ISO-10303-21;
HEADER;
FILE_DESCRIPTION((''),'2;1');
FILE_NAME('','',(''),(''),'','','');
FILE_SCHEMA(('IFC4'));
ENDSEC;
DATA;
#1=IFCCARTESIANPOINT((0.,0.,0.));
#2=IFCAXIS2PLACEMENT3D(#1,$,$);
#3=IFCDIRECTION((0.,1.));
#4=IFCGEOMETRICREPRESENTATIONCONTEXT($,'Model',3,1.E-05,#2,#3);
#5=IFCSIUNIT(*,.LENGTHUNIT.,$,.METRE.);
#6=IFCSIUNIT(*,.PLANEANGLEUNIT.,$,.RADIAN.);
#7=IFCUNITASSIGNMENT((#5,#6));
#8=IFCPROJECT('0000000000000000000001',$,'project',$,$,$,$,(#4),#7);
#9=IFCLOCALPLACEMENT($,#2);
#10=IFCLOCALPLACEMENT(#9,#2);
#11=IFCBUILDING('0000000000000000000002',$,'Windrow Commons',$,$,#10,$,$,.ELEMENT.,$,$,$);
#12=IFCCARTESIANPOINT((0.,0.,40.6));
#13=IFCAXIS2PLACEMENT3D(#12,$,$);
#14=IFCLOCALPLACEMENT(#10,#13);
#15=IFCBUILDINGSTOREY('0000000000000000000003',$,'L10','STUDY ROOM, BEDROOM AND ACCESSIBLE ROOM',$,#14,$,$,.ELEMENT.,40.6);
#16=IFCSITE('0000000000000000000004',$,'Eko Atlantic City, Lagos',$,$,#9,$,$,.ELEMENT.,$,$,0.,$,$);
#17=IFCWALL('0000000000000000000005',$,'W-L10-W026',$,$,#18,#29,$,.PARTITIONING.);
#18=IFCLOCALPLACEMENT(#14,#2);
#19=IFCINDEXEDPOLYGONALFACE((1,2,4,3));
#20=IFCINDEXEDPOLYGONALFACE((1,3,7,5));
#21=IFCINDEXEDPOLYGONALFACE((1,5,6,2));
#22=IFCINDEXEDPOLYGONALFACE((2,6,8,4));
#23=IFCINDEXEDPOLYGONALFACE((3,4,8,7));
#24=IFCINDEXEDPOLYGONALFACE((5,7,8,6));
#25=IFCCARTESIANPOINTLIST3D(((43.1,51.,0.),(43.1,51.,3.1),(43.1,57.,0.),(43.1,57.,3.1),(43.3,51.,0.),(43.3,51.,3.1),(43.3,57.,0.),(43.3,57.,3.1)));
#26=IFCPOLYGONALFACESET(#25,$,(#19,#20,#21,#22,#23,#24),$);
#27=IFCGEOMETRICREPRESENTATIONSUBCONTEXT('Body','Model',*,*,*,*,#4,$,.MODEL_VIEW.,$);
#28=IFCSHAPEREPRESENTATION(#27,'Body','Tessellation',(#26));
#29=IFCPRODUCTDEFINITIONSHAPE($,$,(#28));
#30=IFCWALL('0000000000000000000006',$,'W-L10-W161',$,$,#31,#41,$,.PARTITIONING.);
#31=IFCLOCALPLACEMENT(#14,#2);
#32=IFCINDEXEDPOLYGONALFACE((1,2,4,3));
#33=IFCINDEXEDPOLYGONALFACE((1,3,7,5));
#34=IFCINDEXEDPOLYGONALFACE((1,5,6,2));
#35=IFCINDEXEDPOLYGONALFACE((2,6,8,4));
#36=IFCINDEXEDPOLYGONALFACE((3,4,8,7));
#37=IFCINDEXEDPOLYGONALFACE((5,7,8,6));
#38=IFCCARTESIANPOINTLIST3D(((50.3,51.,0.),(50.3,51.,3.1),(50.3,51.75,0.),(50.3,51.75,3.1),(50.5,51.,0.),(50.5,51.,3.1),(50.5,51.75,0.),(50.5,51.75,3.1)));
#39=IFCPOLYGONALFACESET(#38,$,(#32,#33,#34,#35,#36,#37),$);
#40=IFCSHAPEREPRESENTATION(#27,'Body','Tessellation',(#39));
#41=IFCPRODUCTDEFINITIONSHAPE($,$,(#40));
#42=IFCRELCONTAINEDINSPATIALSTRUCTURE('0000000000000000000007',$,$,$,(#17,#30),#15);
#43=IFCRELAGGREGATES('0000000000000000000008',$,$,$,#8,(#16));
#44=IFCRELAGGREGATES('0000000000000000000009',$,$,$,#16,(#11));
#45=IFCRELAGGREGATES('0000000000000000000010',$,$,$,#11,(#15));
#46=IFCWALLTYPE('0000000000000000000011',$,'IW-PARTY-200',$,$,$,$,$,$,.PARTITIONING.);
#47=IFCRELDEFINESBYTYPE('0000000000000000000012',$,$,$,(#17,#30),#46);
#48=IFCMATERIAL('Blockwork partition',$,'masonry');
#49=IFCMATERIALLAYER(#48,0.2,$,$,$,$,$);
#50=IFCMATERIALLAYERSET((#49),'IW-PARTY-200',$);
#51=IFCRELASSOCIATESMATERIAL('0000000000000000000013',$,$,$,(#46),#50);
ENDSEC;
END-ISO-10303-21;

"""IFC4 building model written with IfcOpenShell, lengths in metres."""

from ifc_helpers import new_model, si_unit, direction, frame, frame_2d, origin, place, context, subcontext, project, spatial, rectangle, extrude, material, layer, layer_set, type_object, element, save


model = new_model("IFC4")

# Units and contexts
model_context = context("Model", 3, precision=1e-05, world=origin(), true_north=direction((0.0, 1.0)))
body_context = subcontext(model_context, "Body", "Model", "MODEL_VIEW")
ifc_project = project(units=[si_unit("LENGTHUNIT", "METRE"), si_unit("PLANEANGLEUNIT", "RADIAN")], contexts=[model_context])

# Site, building, storey
site_placement = place(None, origin())
site = spatial("IfcSite", under=ifc_project, at=site_placement, Name="Eko Atlantic City, Lagos", CompositionType="ELEMENT", RefElevation=0.0)
building_placement = place(site_placement, origin())
building = spatial("IfcBuilding", under=site, at=building_placement, Name="Windrow Commons", CompositionType="ELEMENT")
storey_placement = place(building_placement, frame((0.0, 0.0, 40.6)))
storey = spatial("IfcBuildingStorey", under=building, at=storey_placement, Name="L10", Description="STUDY ROOM, BEDROOM AND ACCESSIBLE ROOM", CompositionType="ELEMENT", Elevation=40.6)

# Walls
ifc_material_1 = material(Name="Blockwork partition", Category="masonry")
ifc_layer_1 = layer(ifc_material_1, 0.2)
ifc_layer_set_1 = layer_set([ifc_layer_1], Name="IW-PARTY-200")
wall_type_1 = type_object("IfcWallType", Name="IW-PARTY-200", PredefinedType="PARTITIONING", material=ifc_layer_set_1)
wall_1_placement = place(storey_placement, frame((43.2, 51.0, 0.0), z_axis=(0.0, 0.0, 1.0), x_axis=(0.0, 1.0, 0.0)))
element("IfcWall", 1, at=wall_1_placement, inside=storey, type_object=wall_type_1, Name="W-L10-W026", PredefinedType="PARTITIONING", context=body_context, shape_type="SweptSolid", body=[
    extrude(rectangle(XDim=6.0, YDim=0.2, at=frame_2d((3.0, 0.0))), origin(), (0.0, 0.0, 1.0), 3.1),
])
wall_2_placement = place(storey_placement, frame((50.4, 51.0, 0.0), z_axis=(0.0, 0.0, 1.0), x_axis=(0.0, 1.0, 0.0)))
element("IfcWall", 2, at=wall_2_placement, inside=storey, type_object=wall_type_1, Name="W-L10-W161", PredefinedType="PARTITIONING", context=body_context, shape_type="SweptSolid", body=[
    extrude(rectangle(XDim=0.75, YDim=0.2, at=frame_2d((0.375, 0.0))), origin(), (0.0, 0.0, 1.0), 3.1),
])

save(model, "model.ifc")
